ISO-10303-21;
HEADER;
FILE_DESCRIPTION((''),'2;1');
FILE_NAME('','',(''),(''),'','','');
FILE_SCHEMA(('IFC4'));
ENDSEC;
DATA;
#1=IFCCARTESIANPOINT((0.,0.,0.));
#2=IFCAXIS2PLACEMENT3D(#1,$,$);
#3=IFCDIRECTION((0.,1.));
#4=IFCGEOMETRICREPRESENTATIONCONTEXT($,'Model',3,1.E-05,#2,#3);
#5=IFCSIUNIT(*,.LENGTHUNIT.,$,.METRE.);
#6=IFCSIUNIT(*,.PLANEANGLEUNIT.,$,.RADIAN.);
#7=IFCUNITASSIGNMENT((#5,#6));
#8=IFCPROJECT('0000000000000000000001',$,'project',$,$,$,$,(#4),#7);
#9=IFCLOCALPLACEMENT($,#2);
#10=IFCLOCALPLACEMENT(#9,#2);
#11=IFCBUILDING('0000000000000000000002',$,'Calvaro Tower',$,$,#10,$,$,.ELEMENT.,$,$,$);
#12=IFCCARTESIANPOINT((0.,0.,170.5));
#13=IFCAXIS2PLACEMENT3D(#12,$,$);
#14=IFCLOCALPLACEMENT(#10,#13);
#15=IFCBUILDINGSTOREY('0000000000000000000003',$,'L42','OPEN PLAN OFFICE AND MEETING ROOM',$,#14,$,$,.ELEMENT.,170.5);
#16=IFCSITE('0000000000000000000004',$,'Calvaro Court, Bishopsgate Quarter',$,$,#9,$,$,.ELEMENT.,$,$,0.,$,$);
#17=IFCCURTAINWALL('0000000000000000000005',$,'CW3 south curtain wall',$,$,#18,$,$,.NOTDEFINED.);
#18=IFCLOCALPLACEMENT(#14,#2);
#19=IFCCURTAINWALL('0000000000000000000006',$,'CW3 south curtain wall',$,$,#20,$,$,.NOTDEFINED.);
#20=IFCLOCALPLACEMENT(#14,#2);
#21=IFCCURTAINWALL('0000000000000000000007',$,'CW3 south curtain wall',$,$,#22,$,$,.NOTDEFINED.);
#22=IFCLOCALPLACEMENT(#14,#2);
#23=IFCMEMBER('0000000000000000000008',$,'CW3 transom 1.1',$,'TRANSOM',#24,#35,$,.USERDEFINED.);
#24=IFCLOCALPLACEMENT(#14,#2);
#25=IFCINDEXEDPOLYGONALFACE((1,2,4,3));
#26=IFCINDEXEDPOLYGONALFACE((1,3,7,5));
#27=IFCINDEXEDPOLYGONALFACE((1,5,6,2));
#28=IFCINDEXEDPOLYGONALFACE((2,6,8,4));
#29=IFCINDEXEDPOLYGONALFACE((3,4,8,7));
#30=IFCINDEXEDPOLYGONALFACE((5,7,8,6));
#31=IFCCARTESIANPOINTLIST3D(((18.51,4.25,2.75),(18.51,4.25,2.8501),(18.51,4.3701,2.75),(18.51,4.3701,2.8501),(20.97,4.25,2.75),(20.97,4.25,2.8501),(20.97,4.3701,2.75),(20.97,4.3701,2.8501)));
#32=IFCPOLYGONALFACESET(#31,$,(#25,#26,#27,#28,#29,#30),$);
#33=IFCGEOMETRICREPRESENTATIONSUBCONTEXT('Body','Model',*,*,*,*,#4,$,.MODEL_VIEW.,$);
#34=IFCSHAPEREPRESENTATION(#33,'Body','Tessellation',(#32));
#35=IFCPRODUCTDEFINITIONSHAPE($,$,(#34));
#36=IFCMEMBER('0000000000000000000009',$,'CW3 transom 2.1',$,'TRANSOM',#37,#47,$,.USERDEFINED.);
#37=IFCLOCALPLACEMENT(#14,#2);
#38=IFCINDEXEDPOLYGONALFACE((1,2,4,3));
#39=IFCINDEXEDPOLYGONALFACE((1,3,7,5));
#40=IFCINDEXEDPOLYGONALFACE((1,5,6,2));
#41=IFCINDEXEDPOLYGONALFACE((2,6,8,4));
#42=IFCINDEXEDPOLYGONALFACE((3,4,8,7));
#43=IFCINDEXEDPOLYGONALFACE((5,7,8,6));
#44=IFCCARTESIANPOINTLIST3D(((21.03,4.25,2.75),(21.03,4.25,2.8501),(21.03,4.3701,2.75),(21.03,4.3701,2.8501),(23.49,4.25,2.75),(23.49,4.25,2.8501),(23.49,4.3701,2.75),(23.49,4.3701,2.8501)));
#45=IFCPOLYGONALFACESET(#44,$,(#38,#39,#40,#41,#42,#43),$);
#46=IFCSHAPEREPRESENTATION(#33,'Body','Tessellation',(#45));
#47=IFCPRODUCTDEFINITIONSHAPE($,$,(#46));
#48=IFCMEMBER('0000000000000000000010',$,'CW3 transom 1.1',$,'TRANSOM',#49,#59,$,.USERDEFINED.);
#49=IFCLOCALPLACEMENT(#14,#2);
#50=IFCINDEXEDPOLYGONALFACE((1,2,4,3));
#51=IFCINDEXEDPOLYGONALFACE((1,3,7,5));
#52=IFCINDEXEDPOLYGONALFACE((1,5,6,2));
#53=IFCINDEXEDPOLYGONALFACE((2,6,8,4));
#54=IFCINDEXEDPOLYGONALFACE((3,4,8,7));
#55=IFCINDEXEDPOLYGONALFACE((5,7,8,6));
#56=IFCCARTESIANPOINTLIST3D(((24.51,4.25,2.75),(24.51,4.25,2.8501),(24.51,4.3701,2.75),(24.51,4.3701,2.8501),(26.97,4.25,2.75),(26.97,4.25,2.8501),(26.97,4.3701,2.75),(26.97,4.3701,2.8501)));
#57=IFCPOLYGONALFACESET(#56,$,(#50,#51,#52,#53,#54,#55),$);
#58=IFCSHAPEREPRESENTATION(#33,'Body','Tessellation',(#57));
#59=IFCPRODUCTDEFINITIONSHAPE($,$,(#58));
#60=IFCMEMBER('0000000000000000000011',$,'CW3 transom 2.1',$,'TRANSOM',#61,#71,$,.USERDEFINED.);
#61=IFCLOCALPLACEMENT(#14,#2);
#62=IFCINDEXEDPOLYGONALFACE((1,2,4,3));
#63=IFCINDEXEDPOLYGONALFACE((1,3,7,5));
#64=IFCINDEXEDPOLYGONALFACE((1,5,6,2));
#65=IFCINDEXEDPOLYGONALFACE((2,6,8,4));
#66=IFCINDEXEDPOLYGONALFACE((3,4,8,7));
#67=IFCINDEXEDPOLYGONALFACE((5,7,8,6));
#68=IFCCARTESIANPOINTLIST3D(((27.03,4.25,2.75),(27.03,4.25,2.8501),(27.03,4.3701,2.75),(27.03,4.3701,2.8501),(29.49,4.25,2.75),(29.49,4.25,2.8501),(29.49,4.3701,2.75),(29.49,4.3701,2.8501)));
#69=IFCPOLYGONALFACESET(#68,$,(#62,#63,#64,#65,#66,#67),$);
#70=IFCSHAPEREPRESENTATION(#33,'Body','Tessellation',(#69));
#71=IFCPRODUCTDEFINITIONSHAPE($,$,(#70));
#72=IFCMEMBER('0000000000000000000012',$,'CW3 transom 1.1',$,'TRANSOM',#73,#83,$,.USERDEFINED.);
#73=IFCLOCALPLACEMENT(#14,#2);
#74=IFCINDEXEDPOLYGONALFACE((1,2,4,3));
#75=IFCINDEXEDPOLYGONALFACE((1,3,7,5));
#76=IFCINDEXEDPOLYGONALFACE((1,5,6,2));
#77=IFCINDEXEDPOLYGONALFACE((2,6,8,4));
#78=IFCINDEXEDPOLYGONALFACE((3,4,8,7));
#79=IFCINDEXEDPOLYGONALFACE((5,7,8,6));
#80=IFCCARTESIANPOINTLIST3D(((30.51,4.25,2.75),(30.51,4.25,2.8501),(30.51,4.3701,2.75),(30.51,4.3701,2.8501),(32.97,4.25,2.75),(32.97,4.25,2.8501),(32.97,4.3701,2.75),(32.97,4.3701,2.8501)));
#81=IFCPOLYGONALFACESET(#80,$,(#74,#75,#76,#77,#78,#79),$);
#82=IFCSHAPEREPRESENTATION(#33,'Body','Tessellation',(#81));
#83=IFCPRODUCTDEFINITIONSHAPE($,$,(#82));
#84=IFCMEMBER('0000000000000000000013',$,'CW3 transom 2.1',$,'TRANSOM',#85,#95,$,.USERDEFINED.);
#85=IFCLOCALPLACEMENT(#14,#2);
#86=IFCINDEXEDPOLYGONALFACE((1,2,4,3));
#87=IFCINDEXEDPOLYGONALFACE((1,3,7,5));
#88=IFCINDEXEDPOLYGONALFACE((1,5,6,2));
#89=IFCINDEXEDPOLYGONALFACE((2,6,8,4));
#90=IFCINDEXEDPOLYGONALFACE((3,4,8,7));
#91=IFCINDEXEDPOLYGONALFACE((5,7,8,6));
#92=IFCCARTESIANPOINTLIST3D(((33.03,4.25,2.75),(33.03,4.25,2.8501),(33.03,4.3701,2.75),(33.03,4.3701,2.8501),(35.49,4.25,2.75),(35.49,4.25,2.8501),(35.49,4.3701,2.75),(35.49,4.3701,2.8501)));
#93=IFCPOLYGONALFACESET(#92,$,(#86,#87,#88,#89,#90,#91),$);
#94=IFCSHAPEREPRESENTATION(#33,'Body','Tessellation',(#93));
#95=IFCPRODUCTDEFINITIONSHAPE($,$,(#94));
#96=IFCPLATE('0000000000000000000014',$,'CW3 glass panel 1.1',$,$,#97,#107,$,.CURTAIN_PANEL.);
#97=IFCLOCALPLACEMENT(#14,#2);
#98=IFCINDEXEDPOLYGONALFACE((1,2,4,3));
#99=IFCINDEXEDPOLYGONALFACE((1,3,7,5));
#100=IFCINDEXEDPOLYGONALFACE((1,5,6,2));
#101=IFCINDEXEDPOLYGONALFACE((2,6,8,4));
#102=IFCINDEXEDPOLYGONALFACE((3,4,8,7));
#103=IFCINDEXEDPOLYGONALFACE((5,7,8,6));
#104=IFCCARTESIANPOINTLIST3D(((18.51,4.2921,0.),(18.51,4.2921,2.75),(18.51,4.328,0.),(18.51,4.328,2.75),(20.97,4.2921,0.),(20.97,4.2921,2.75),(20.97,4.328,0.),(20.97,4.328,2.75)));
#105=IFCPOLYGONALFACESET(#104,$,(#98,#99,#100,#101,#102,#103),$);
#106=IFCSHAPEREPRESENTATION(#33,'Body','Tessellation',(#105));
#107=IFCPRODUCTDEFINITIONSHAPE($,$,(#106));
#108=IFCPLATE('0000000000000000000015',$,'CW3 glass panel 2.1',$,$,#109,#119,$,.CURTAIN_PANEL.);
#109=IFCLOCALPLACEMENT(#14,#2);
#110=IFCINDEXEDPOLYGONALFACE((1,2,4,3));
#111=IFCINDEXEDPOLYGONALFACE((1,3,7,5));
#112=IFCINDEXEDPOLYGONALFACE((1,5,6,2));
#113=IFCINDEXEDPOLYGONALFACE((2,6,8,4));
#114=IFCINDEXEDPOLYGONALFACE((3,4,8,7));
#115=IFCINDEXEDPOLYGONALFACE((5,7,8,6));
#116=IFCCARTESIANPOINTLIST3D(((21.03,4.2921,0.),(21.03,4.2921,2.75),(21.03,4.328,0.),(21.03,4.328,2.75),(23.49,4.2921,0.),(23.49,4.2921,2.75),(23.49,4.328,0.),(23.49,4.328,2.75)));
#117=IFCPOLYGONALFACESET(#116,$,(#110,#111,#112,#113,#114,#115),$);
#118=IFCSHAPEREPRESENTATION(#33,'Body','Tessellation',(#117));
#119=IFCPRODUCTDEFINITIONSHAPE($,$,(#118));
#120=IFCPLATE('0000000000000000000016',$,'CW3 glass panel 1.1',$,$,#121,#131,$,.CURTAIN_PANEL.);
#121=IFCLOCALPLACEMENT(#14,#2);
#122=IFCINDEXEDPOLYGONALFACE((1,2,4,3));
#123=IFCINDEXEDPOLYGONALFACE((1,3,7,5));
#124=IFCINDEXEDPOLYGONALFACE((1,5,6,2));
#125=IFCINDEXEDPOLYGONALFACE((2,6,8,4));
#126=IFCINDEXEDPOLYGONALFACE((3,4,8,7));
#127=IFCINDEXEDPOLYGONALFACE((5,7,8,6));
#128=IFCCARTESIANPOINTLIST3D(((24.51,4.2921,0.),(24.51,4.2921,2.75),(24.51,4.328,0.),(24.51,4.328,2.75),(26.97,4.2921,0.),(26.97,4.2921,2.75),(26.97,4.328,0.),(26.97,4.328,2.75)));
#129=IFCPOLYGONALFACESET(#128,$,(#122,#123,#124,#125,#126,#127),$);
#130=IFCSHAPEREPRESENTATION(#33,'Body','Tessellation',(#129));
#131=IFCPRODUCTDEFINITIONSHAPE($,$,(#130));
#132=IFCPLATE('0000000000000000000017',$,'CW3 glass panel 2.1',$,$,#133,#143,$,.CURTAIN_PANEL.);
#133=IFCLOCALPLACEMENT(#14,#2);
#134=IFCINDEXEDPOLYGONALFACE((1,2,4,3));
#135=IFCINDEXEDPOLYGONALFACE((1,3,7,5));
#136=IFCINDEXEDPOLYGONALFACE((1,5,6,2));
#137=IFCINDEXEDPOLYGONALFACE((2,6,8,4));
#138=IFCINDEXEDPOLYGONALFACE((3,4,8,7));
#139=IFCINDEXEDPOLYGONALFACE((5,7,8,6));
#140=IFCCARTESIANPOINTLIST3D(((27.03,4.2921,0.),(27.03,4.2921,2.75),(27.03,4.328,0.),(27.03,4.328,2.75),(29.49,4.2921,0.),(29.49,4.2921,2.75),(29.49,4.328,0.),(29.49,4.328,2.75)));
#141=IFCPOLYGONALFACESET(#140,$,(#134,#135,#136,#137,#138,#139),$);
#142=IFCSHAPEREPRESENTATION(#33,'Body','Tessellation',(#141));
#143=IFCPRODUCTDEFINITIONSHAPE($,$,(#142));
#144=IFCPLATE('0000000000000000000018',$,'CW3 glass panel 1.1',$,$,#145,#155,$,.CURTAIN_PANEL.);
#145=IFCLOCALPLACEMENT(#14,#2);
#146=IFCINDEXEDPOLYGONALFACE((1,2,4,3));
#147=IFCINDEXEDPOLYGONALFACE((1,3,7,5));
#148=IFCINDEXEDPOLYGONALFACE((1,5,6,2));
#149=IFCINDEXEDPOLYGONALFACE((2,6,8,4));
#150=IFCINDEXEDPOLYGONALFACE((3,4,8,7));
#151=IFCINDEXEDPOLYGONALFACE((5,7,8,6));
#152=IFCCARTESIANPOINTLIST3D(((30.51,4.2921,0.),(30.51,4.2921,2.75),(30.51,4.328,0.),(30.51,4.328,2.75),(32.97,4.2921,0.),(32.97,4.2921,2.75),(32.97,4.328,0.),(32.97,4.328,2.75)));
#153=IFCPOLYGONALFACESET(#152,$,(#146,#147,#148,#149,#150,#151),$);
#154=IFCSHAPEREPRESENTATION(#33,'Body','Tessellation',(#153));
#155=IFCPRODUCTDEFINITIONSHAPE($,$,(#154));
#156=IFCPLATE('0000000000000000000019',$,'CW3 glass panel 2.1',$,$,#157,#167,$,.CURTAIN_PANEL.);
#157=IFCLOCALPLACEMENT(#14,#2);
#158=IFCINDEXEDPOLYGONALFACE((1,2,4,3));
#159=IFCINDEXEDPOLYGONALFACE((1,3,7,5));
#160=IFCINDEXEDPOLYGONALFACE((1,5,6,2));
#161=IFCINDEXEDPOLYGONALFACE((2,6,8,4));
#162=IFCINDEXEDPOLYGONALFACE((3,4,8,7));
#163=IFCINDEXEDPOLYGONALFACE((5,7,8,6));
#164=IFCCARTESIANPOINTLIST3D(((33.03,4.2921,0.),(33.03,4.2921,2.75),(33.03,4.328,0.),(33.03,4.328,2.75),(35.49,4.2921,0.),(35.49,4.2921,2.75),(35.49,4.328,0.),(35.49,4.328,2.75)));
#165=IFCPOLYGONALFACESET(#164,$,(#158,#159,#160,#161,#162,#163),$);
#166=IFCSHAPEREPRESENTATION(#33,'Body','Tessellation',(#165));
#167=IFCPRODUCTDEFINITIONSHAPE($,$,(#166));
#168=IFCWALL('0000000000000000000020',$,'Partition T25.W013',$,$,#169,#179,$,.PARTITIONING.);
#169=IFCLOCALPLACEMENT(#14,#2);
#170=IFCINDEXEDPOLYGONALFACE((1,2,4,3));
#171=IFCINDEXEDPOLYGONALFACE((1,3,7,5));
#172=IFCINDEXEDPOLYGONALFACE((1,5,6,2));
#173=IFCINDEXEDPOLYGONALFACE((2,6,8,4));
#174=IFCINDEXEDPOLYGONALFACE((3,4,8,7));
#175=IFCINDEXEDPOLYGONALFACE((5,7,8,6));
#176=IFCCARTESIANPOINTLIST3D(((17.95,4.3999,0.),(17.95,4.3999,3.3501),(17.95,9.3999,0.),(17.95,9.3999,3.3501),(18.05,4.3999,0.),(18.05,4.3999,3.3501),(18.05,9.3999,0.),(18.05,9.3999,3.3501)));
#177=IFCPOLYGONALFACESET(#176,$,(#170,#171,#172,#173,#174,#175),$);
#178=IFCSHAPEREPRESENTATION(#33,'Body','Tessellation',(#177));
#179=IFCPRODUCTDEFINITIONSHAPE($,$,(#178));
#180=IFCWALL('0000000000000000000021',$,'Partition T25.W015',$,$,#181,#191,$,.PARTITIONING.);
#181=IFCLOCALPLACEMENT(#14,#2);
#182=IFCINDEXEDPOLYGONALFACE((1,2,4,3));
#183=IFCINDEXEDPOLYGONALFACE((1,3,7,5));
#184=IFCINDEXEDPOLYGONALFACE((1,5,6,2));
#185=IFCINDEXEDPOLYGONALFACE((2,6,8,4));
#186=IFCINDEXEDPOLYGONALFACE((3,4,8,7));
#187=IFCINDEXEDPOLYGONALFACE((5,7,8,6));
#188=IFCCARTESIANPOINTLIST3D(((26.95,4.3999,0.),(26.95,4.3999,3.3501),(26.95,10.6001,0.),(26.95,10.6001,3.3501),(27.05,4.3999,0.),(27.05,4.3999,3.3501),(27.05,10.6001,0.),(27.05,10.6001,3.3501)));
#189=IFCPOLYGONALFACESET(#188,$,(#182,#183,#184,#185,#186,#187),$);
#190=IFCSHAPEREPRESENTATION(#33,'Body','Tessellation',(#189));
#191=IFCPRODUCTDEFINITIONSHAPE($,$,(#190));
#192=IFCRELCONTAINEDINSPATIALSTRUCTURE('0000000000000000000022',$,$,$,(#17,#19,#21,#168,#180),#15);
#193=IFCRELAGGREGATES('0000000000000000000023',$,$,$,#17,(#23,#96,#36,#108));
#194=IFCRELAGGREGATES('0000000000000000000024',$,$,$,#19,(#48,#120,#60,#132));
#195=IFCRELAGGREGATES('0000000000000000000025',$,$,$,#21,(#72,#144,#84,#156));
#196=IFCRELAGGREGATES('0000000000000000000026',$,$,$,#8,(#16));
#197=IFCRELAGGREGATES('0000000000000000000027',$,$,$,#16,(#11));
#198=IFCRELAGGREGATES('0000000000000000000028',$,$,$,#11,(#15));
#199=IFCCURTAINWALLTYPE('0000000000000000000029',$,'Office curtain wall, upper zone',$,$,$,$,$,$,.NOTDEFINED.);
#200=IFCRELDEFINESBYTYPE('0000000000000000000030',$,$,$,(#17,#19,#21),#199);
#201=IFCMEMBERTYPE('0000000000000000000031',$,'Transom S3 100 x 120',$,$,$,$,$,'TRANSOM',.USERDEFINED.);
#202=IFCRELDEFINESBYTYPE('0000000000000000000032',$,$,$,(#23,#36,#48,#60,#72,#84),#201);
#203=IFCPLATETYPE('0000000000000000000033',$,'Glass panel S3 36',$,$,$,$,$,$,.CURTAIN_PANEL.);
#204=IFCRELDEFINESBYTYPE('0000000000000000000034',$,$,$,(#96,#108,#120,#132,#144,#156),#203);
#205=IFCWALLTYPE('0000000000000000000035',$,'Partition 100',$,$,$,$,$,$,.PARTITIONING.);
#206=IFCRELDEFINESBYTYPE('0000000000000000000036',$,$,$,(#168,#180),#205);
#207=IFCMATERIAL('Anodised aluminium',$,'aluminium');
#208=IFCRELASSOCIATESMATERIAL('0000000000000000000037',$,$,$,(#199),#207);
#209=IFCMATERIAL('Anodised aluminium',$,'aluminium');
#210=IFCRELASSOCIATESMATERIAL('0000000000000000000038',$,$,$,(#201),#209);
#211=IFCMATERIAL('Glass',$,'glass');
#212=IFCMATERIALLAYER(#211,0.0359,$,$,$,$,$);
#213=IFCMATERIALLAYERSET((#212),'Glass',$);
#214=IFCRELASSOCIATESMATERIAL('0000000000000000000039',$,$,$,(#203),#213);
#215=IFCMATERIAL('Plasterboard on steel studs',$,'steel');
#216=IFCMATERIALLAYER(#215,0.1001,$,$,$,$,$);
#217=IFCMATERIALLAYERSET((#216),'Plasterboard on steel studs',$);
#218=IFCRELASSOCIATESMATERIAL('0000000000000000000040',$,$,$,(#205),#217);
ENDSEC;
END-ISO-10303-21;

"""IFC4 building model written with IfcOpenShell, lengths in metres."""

from ifc_helpers import new_model, si_unit, direction, frame, frame_2d, origin, origin_2d, place, context, subcontext, project, spatial, rectangle, extrude, material, layer, layer_set, material_profile, profile_set, type_object, element, aggregate, save


model = new_model("IFC4")

# Units and contexts
model_context = context("Model", 3, precision=1e-05, world=origin(), true_north=direction((0.0, 1.0)))
body_context = subcontext(model_context, "Body", "Model", "MODEL_VIEW")
ifc_project = project(units=[si_unit("LENGTHUNIT", "METRE"), si_unit("PLANEANGLEUNIT", "RADIAN")], contexts=[model_context])

# Site, building, storey
site_placement = place(None, origin())
site = spatial("IfcSite", under=ifc_project, at=site_placement, Name="Calvaro Court, Bishopsgate Quarter", CompositionType="ELEMENT", RefElevation=0.0)
building_placement = place(site_placement, origin())
building = spatial("IfcBuilding", under=site, at=building_placement, Name="Calvaro Tower", CompositionType="ELEMENT")
storey_placement = place(building_placement, frame((0.0, 0.0, 170.5)))
storey = spatial("IfcBuildingStorey", under=building, at=storey_placement, Name="L42", Description="OPEN PLAN OFFICE AND MEETING ROOM", CompositionType="ELEMENT", Elevation=170.5)

# Shared definitions
ifc_material_1 = material(Name="Anodised aluminium", Category="aluminium")
curtain_wall_type = type_object("IfcCurtainWallType", Name="Office curtain wall, upper zone", PredefinedType="NOTDEFINED", material=ifc_material_1)

# Curtain walls
curtain_wall_1_placement = place(storey_placement, origin())
curtain_wall_1 = element("IfcCurtainWall", 1, at=curtain_wall_1_placement, inside=storey, type_object=curtain_wall_type, Name="CW3 south curtain wall", PredefinedType="NOTDEFINED")
curtain_wall_2_placement = place(storey_placement, origin())
curtain_wall_2 = element("IfcCurtainWall", 2, at=curtain_wall_2_placement, inside=storey, type_object=curtain_wall_type, Name="CW3 south curtain wall", PredefinedType="NOTDEFINED")
curtain_wall_3_placement = place(storey_placement, origin())
curtain_wall_3 = element("IfcCurtainWall", 3, at=curtain_wall_3_placement, inside=storey, type_object=curtain_wall_type, Name="CW3 south curtain wall", PredefinedType="NOTDEFINED")

# Members
ifc_material_2 = material(Name="Anodised aluminium", Category="aluminium")
ifc_material_profile_1 = material_profile(ifc_material_2, rectangle(XDim=0.1201, YDim=0.1001, at=origin_2d()), Name="Transom S3 100 x 120")
ifc_profile_set_1 = profile_set([ifc_material_profile_1], Name="Anodised aluminium")
member_type_1 = type_object("IfcMemberType", Name="Transom S3 100 x 120", ElementType="TRANSOM", PredefinedType="USERDEFINED", material=ifc_profile_set_1)
member_1_placement = place(storey_placement, frame((18.51, 4.3101, 2.8), z_axis=(1.0, 0.0, 0.0), x_axis=(0.0, 1.0, 0.0)))
member_1 = element("IfcMember", 4, at=member_1_placement, type_object=member_type_1, Name="CW3 transom 1.1", ObjectType="TRANSOM", PredefinedType="USERDEFINED", context=body_context, shape_type="SweptSolid", body=[
    extrude(rectangle(XDim=0.1201, YDim=0.1001, at=origin_2d()), origin(), (0.0, 0.0, 1.0), 2.46),
])
member_2_placement = place(storey_placement, frame((21.03, 4.3101, 2.8), z_axis=(1.0, 0.0, 0.0), x_axis=(0.0, 1.0, 0.0)))
member_2 = element("IfcMember", 5, at=member_2_placement, type_object=member_type_1, Name="CW3 transom 2.1", ObjectType="TRANSOM", PredefinedType="USERDEFINED", context=body_context, shape_type="SweptSolid", body=[
    extrude(rectangle(XDim=0.1201, YDim=0.1001, at=origin_2d()), origin(), (0.0, 0.0, 1.0), 2.46),
])
member_3_placement = place(storey_placement, frame((24.51, 4.3101, 2.8), z_axis=(1.0, 0.0, 0.0), x_axis=(0.0, 1.0, 0.0)))
member_3 = element("IfcMember", 6, at=member_3_placement, type_object=member_type_1, Name="CW3 transom 1.1", ObjectType="TRANSOM", PredefinedType="USERDEFINED", context=body_context, shape_type="SweptSolid", body=[
    extrude(rectangle(XDim=0.1201, YDim=0.1001, at=origin_2d()), origin(), (0.0, 0.0, 1.0), 2.46),
])
member_4_placement = place(storey_placement, frame((27.03, 4.3101, 2.8), z_axis=(1.0, 0.0, 0.0), x_axis=(0.0, 1.0, 0.0)))
member_4 = element("IfcMember", 7, at=member_4_placement, type_object=member_type_1, Name="CW3 transom 2.1", ObjectType="TRANSOM", PredefinedType="USERDEFINED", context=body_context, shape_type="SweptSolid", body=[
    extrude(rectangle(XDim=0.1201, YDim=0.1001, at=origin_2d()), origin(), (0.0, 0.0, 1.0), 2.46),
])
member_5_placement = place(storey_placement, frame((30.51, 4.3101, 2.8), z_axis=(1.0, 0.0, 0.0), x_axis=(0.0, 1.0, 0.0)))
member_5 = element("IfcMember", 8, at=member_5_placement, type_object=member_type_1, Name="CW3 transom 1.1", ObjectType="TRANSOM", PredefinedType="USERDEFINED", context=body_context, shape_type="SweptSolid", body=[
    extrude(rectangle(XDim=0.1201, YDim=0.1001, at=origin_2d()), origin(), (0.0, 0.0, 1.0), 2.46),
])
member_6_placement = place(storey_placement, frame((33.03, 4.3101, 2.8), z_axis=(1.0, 0.0, 0.0), x_axis=(0.0, 1.0, 0.0)))
member_6 = element("IfcMember", 9, at=member_6_placement, type_object=member_type_1, Name="CW3 transom 2.1", ObjectType="TRANSOM", PredefinedType="USERDEFINED", context=body_context, shape_type="SweptSolid", body=[
    extrude(rectangle(XDim=0.1201, YDim=0.1001, at=origin_2d()), origin(), (0.0, 0.0, 1.0), 2.46),
])

# Plates
ifc_material_3 = material(Name="Glass", Category="glass")
ifc_layer_1 = layer(ifc_material_3, 0.0359)
ifc_layer_set_1 = layer_set([ifc_layer_1], Name="Glass")
plate_type = type_object("IfcPlateType", Name="Glass panel S3 36", PredefinedType="CURTAIN_PANEL", material=ifc_layer_set_1)
plate_1_placement = place(storey_placement, frame((19.74, 4.3101, 0.0), z_axis=(0.0, 0.0, 1.0), x_axis=(1.0, 0.0, 0.0)))
plate_1 = element("IfcPlate", 10, at=plate_1_placement, type_object=plate_type, Name="CW3 glass panel 1.1", PredefinedType="CURTAIN_PANEL", context=body_context, shape_type="SweptSolid", body=[
    extrude(rectangle(XDim=2.46, YDim=0.0359, at=origin_2d()), origin(), (0.0, 0.0, 1.0), 2.75),
])
plate_2_placement = place(storey_placement, frame((22.26, 4.3101, 0.0), z_axis=(0.0, 0.0, 1.0), x_axis=(1.0, 0.0, 0.0)))
plate_2 = element("IfcPlate", 11, at=plate_2_placement, type_object=plate_type, Name="CW3 glass panel 2.1", PredefinedType="CURTAIN_PANEL", context=body_context, shape_type="SweptSolid", body=[
    extrude(rectangle(XDim=2.46, YDim=0.0359, at=origin_2d()), origin(), (0.0, 0.0, 1.0), 2.75),
])
aggregate(curtain_wall_1, [member_1, plate_1, member_2, plate_2])
plate_3_placement = place(storey_placement, frame((25.74, 4.3101, 0.0), z_axis=(0.0, 0.0, 1.0), x_axis=(1.0, 0.0, 0.0)))
plate_3 = element("IfcPlate", 12, at=plate_3_placement, type_object=plate_type, Name="CW3 glass panel 1.1", PredefinedType="CURTAIN_PANEL", context=body_context, shape_type="SweptSolid", body=[
    extrude(rectangle(XDim=2.46, YDim=0.0359, at=origin_2d()), origin(), (0.0, 0.0, 1.0), 2.75),
])
plate_4_placement = place(storey_placement, frame((28.26, 4.3101, 0.0), z_axis=(0.0, 0.0, 1.0), x_axis=(1.0, 0.0, 0.0)))
plate_4 = element("IfcPlate", 13, at=plate_4_placement, type_object=plate_type, Name="CW3 glass panel 2.1", PredefinedType="CURTAIN_PANEL", context=body_context, shape_type="SweptSolid", body=[
    extrude(rectangle(XDim=2.46, YDim=0.0359, at=origin_2d()), origin(), (0.0, 0.0, 1.0), 2.75),
])
aggregate(curtain_wall_2, [member_3, plate_3, member_4, plate_4])
plate_5_placement = place(storey_placement, frame((31.74, 4.3101, 0.0), z_axis=(0.0, 0.0, 1.0), x_axis=(1.0, 0.0, 0.0)))
plate_5 = element("IfcPlate", 14, at=plate_5_placement, type_object=plate_type, Name="CW3 glass panel 1.1", PredefinedType="CURTAIN_PANEL", context=body_context, shape_type="SweptSolid", body=[
    extrude(rectangle(XDim=2.46, YDim=0.0359, at=origin_2d()), origin(), (0.0, 0.0, 1.0), 2.75),
])
plate_6_placement = place(storey_placement, frame((34.26, 4.3101, 0.0), z_axis=(0.0, 0.0, 1.0), x_axis=(1.0, 0.0, 0.0)))
plate_6 = element("IfcPlate", 15, at=plate_6_placement, type_object=plate_type, Name="CW3 glass panel 2.1", PredefinedType="CURTAIN_PANEL", context=body_context, shape_type="SweptSolid", body=[
    extrude(rectangle(XDim=2.46, YDim=0.0359, at=origin_2d()), origin(), (0.0, 0.0, 1.0), 2.75),
])
aggregate(curtain_wall_3, [member_5, plate_5, member_6, plate_6])

# Walls
ifc_material_4 = material(Name="Plasterboard on steel studs", Category="steel")
ifc_layer_2 = layer(ifc_material_4, 0.1001)
ifc_layer_set_2 = layer_set([ifc_layer_2], Name="Plasterboard on steel studs")
wall_type = type_object("IfcWallType", Name="Partition 100", PredefinedType="PARTITIONING", material=ifc_layer_set_2)
wall_1_placement = place(storey_placement, frame((18.0, 4.3999, 0.0), z_axis=(0.0, 0.0, 1.0), x_axis=(0.0, 1.0, 0.0)))
element("IfcWall", 16, at=wall_1_placement, inside=storey, type_object=wall_type, Name="Partition T25.W013", PredefinedType="PARTITIONING", context=body_context, shape_type="SweptSolid", body=[
    extrude(rectangle(XDim=5.0, YDim=0.1001, at=frame_2d((2.5, 0.0))), origin(), (0.0, 0.0, 1.0), 3.3501),
])
wall_2_placement = place(storey_placement, frame((27.0, 4.3999, 0.0), z_axis=(0.0, 0.0, 1.0), x_axis=(0.0, 1.0, 0.0)))
element("IfcWall", 17, at=wall_2_placement, inside=storey, type_object=wall_type, Name="Partition T25.W015", PredefinedType="PARTITIONING", context=body_context, shape_type="SweptSolid", body=[
    extrude(rectangle(XDim=6.2002, YDim=0.1001, at=frame_2d((3.1001, 0.0))), origin(), (0.0, 0.0, 1.0), 3.3501),
])

save(model, "model.ifc")
